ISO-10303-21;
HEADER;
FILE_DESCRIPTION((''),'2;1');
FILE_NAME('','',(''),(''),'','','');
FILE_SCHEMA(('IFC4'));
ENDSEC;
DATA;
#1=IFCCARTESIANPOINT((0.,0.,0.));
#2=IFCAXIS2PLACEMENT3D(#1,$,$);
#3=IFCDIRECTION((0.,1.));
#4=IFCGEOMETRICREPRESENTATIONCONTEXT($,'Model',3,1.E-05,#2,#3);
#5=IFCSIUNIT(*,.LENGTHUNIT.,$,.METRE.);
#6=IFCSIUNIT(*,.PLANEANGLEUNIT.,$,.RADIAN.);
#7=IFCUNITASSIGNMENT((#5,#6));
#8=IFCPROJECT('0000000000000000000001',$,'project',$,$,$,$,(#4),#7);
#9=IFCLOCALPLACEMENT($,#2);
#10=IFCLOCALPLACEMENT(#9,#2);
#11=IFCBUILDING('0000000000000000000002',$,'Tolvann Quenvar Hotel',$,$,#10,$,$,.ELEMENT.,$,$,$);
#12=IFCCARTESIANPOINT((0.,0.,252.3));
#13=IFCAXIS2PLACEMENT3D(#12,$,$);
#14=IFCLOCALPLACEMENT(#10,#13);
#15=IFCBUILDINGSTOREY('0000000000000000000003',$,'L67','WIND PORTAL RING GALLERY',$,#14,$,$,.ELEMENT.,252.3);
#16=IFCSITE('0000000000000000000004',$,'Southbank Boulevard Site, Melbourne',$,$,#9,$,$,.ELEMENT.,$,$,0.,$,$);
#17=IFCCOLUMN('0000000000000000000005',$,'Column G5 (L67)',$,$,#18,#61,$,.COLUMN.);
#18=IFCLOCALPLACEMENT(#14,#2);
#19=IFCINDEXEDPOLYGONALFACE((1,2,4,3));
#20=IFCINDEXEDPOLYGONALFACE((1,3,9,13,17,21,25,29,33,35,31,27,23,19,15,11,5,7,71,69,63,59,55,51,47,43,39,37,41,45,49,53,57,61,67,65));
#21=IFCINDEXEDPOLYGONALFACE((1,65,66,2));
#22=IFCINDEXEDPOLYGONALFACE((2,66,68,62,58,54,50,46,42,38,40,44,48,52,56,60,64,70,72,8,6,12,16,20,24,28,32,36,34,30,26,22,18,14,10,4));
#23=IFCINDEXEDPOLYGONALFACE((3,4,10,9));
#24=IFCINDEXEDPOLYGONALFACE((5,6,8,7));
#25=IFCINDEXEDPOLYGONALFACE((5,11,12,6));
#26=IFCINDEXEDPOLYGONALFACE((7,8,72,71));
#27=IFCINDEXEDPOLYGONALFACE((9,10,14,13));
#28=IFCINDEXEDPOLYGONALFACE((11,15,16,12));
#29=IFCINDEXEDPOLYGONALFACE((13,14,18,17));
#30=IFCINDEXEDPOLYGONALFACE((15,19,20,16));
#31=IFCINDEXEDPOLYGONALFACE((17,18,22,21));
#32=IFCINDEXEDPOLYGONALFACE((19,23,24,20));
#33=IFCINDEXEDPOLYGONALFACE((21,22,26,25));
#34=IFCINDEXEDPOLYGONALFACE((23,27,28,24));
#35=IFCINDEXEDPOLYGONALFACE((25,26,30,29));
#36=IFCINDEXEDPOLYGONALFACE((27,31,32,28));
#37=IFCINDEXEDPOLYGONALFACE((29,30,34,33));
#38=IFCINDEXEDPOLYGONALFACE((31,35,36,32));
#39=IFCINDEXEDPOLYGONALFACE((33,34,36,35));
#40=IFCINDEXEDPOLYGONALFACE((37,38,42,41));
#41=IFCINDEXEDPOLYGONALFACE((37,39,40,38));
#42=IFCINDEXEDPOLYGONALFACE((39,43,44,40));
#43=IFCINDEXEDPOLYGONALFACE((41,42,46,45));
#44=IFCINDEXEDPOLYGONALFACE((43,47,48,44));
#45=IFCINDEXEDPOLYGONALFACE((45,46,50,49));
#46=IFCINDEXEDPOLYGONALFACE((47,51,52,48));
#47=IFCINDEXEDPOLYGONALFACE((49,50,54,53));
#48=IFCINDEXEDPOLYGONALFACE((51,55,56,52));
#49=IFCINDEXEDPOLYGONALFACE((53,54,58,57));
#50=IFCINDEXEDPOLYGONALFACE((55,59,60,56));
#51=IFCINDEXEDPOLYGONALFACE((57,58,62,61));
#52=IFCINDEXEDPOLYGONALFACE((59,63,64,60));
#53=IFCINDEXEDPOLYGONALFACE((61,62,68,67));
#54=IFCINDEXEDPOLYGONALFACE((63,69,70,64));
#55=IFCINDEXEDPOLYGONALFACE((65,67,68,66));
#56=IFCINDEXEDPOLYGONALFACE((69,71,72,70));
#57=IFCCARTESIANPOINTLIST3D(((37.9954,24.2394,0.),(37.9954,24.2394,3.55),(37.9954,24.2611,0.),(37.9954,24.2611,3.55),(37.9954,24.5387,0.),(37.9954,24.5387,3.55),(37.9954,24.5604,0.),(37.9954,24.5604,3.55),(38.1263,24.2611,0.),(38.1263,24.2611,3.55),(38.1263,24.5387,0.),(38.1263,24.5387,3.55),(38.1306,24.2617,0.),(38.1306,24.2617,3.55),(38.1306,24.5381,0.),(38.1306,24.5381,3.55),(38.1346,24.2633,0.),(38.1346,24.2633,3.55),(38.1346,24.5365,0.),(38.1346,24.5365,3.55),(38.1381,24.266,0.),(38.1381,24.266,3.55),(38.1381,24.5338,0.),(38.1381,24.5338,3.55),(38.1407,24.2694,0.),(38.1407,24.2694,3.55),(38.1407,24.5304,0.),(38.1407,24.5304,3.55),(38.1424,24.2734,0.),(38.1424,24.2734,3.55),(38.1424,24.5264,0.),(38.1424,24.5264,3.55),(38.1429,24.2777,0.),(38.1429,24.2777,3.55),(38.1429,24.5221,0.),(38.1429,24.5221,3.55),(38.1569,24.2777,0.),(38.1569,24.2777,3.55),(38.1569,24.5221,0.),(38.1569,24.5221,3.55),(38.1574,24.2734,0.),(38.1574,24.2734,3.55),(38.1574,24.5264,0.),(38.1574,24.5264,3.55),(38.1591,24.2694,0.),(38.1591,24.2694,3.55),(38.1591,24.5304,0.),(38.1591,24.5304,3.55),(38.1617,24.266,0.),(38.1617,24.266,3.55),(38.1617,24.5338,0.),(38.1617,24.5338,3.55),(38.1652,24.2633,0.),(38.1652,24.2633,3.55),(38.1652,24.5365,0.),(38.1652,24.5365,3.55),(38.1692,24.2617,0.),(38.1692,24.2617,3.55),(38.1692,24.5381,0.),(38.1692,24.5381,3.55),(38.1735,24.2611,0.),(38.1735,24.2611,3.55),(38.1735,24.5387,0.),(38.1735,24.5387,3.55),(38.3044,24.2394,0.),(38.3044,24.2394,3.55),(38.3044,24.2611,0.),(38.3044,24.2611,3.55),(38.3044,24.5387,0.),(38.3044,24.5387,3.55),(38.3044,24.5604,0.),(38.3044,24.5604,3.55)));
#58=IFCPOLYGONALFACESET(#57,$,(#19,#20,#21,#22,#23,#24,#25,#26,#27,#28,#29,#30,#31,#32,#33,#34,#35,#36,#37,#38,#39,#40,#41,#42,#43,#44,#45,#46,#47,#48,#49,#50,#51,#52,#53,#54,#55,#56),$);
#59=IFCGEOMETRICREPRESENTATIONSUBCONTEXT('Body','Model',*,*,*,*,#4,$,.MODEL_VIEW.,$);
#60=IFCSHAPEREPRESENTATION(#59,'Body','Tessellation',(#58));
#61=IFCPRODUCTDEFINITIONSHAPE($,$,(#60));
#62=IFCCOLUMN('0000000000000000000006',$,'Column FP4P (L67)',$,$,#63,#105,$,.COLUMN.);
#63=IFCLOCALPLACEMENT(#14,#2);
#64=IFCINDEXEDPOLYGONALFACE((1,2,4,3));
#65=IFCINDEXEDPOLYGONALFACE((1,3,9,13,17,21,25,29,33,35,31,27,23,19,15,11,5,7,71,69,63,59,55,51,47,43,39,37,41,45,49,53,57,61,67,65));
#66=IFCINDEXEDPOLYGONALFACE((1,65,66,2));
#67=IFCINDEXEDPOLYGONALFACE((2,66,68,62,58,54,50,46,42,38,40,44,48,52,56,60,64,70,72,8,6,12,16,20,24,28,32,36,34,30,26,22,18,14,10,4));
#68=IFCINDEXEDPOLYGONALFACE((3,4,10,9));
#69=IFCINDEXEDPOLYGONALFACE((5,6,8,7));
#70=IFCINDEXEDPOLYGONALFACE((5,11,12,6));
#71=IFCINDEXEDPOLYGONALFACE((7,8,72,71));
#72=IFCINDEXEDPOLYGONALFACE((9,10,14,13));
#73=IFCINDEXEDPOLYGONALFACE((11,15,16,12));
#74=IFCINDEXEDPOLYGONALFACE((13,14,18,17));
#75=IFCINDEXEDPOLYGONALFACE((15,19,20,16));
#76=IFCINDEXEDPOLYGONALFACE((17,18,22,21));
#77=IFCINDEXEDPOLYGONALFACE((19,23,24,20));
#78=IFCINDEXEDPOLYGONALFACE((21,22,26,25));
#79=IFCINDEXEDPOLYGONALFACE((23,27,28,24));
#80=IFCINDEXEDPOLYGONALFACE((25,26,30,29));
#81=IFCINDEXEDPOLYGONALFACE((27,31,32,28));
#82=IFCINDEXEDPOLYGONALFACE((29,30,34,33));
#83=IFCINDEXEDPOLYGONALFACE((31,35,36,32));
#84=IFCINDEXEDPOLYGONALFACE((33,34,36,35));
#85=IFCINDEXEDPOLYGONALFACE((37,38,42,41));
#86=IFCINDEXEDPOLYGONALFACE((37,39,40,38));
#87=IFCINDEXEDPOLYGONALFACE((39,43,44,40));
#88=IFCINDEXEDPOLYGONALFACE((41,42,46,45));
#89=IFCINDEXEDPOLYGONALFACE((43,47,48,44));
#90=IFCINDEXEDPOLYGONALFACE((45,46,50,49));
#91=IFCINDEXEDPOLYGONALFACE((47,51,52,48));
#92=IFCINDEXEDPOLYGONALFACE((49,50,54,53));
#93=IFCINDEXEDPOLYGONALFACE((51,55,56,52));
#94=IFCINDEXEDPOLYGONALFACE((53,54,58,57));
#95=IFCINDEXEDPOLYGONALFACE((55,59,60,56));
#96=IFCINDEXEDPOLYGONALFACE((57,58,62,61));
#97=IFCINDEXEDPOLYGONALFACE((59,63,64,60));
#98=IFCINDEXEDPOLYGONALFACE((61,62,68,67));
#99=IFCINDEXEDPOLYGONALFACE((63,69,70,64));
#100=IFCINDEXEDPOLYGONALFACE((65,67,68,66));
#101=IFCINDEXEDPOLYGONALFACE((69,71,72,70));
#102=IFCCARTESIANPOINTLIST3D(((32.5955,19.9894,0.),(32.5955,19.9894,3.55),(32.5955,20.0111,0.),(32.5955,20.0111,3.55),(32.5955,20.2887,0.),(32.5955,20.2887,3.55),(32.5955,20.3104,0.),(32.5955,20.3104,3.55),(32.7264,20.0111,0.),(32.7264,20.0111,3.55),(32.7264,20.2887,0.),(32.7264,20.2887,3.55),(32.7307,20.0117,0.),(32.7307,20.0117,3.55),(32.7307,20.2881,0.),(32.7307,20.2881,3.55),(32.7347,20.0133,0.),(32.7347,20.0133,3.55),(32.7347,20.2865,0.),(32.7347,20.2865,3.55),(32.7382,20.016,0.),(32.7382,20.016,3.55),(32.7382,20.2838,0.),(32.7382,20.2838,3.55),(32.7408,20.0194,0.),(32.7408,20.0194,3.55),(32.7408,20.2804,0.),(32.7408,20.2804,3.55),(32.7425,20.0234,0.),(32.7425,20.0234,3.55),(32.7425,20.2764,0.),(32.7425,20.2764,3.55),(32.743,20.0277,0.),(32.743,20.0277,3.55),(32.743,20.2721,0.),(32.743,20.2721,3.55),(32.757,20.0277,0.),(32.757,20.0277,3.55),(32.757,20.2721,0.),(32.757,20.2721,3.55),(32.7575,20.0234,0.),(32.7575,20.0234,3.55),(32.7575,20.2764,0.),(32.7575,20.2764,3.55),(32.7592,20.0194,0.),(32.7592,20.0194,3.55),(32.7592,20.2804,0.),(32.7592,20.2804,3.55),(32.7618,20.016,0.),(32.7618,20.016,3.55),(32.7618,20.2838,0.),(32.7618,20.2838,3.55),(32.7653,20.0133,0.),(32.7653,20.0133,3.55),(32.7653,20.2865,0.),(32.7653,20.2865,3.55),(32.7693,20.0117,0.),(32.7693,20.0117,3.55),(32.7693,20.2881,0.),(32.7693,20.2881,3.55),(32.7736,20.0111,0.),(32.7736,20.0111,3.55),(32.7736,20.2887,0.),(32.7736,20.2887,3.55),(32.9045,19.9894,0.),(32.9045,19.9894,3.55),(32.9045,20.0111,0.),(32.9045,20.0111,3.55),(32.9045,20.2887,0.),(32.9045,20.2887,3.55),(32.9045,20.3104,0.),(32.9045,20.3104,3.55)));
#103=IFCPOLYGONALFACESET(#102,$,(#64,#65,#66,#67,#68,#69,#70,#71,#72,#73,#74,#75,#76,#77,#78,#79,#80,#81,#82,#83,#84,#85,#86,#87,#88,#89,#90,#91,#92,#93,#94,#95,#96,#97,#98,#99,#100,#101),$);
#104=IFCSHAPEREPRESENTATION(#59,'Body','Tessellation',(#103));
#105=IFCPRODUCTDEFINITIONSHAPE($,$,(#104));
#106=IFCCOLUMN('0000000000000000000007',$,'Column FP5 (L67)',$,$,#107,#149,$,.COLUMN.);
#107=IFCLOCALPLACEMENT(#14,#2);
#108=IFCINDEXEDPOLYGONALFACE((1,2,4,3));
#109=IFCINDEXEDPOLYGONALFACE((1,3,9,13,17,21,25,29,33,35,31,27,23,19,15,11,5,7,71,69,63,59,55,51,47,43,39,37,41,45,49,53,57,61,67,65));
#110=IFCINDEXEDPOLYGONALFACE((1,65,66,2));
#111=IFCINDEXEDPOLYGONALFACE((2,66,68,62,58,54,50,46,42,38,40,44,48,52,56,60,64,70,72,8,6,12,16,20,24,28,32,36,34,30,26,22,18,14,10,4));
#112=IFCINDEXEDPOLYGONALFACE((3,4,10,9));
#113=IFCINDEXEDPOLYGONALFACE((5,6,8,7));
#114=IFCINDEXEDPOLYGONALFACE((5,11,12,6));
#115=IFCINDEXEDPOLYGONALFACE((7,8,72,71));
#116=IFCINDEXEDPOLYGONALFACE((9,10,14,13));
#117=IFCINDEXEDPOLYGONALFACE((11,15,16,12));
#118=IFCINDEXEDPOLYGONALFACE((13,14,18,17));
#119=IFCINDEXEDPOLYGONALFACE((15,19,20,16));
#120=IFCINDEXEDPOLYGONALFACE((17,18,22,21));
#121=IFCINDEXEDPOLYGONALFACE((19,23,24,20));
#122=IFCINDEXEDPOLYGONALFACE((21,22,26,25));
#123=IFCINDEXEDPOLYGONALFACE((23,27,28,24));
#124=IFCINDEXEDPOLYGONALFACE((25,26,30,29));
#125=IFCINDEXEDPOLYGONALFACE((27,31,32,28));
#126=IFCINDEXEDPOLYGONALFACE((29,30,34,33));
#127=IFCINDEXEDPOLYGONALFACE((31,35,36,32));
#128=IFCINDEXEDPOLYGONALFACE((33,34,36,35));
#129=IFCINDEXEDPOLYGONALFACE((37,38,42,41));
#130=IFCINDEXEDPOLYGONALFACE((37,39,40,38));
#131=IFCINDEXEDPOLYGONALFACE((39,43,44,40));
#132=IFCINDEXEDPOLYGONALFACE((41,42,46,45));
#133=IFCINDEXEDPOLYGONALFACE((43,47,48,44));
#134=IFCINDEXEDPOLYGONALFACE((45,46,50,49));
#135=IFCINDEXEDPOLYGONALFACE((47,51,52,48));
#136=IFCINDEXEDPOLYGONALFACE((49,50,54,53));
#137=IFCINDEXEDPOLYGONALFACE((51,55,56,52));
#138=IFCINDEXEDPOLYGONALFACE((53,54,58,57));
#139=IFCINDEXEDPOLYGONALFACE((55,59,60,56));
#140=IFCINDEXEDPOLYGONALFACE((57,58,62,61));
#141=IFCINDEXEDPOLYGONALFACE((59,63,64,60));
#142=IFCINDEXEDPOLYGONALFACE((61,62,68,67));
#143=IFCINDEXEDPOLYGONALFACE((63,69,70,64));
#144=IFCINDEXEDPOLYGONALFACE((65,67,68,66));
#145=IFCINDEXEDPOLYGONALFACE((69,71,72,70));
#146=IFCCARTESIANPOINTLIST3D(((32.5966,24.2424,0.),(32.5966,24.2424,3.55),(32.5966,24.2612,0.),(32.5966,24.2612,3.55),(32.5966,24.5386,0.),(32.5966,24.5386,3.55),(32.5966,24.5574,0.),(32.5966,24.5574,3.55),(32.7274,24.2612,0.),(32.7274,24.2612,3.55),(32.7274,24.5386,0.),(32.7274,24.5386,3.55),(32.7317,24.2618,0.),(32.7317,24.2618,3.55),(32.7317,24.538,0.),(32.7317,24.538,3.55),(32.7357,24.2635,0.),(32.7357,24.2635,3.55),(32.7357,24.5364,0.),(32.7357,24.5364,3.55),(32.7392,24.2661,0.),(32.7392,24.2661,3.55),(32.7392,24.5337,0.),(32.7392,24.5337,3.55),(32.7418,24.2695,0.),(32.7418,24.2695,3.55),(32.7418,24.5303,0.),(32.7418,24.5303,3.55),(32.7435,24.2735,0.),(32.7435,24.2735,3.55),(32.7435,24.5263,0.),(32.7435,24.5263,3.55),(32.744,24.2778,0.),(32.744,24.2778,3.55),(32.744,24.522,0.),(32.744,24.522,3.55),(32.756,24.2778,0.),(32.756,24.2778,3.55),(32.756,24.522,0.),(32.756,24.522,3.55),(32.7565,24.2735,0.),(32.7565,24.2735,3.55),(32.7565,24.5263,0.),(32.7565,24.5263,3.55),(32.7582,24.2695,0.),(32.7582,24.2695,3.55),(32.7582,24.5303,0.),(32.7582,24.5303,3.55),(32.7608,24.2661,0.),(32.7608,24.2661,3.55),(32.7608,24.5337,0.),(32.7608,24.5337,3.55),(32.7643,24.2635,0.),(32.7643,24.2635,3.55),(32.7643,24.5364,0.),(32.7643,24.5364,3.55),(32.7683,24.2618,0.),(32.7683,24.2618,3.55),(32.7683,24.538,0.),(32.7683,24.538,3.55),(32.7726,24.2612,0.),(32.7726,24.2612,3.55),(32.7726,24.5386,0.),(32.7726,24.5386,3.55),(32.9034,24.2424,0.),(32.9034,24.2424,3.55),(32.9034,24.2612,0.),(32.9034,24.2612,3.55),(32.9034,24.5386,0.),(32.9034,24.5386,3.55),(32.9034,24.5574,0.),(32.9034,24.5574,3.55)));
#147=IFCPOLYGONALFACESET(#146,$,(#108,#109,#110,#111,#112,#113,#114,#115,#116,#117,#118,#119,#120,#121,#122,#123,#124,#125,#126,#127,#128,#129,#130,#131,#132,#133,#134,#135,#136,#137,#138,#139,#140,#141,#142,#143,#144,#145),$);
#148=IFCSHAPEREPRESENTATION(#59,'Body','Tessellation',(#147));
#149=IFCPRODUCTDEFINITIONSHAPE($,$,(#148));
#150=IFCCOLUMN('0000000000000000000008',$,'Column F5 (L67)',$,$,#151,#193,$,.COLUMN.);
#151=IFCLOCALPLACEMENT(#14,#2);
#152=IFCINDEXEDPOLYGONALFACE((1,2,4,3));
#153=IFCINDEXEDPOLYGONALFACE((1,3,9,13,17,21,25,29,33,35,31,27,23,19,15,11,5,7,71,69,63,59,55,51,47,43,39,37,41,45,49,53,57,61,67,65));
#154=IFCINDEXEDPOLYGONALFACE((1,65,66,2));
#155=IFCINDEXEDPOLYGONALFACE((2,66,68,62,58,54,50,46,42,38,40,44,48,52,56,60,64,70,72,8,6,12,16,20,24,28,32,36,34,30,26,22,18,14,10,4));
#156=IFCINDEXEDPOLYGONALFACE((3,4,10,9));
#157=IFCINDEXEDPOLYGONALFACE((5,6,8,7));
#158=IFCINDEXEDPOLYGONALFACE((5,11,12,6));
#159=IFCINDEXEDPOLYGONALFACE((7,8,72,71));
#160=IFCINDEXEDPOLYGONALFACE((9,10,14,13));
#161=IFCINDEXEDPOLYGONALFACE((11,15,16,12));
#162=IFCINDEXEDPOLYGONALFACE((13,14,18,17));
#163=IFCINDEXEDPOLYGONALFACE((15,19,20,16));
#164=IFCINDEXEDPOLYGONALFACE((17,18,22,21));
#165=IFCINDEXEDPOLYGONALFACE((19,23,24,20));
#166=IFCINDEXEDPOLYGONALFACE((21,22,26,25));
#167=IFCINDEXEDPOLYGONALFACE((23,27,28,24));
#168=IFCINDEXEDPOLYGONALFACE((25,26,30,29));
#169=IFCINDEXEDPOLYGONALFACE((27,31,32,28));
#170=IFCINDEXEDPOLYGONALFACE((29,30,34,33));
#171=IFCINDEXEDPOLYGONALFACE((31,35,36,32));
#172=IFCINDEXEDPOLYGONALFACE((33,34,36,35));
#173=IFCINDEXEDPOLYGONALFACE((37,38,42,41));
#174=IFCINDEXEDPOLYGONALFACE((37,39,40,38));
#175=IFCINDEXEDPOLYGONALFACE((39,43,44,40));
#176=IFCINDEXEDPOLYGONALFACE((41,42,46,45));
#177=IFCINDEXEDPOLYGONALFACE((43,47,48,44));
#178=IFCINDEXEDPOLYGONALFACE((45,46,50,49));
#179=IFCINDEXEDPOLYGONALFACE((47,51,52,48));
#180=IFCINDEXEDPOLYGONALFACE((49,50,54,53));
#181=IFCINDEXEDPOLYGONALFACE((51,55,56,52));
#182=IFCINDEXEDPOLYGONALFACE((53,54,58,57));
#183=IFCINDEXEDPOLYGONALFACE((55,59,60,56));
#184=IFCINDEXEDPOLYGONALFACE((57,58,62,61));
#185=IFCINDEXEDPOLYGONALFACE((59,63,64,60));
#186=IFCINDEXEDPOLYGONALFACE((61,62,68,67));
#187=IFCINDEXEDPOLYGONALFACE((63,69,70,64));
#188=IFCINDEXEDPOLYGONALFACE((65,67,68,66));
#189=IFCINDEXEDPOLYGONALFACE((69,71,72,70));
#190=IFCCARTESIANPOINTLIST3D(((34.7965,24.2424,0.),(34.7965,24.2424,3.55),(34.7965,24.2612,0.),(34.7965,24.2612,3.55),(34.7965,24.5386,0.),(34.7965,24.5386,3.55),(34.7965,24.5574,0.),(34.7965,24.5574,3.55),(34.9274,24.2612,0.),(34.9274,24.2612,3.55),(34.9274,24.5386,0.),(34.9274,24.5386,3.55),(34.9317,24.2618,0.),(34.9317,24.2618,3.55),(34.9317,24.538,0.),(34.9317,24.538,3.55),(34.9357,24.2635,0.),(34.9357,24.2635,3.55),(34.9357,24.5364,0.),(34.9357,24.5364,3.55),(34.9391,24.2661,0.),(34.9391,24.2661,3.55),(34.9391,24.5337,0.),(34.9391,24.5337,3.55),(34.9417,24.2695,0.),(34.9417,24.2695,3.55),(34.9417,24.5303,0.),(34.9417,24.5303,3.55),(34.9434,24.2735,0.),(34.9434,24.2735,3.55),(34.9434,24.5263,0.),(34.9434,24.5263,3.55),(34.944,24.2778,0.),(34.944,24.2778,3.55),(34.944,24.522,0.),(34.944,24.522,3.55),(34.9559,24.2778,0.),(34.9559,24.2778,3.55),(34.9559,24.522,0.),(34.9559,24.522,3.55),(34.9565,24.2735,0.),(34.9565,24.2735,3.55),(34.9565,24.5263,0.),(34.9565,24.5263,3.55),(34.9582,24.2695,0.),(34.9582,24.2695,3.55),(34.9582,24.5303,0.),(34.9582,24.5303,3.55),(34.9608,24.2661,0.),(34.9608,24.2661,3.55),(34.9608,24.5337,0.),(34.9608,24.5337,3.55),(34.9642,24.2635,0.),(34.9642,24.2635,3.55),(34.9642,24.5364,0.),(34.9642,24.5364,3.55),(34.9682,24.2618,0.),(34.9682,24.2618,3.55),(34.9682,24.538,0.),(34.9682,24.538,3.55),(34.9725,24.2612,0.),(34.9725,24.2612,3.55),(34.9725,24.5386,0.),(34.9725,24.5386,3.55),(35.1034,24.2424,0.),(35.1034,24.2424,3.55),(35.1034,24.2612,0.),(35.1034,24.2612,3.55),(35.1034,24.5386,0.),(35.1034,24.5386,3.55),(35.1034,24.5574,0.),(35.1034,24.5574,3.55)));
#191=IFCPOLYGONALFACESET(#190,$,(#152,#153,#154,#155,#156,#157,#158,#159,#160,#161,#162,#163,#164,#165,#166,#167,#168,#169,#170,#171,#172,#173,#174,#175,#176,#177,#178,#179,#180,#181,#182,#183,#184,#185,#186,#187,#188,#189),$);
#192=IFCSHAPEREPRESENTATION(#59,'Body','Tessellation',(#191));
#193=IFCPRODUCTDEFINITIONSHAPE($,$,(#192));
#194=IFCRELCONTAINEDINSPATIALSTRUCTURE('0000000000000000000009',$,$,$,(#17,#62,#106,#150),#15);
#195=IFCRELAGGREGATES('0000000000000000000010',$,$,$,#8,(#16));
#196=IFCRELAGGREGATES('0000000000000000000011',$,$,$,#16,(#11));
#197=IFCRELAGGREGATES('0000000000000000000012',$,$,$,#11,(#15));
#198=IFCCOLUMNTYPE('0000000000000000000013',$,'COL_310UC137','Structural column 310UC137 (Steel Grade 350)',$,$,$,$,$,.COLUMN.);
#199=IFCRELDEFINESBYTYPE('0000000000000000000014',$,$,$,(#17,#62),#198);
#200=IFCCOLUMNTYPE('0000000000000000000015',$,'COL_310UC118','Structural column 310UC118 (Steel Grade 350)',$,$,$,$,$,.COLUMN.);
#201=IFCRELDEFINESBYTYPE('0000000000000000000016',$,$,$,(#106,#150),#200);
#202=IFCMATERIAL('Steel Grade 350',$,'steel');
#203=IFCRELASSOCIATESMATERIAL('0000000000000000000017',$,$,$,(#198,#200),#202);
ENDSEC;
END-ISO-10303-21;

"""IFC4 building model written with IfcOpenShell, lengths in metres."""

from ifc_helpers import new_model, si_unit, direction, frame, origin, origin_2d, place, context, subcontext, project, spatial, i_section, extrude, source, transform, mapped, material, material_profile, profile_set, type_object, type_shapes, element, save


model = new_model("IFC4")

# Units and contexts
model_context = context("Model", 3, precision=1e-05, world=origin(), true_north=direction((0.0, 1.0)))
body_context = subcontext(model_context, "Body", "Model", "MODEL_VIEW")
ifc_project = project(units=[si_unit("LENGTHUNIT", "METRE"), si_unit("PLANEANGLEUNIT", "RADIAN")], contexts=[model_context])

# Site, building, storey
site_placement = place(None, origin())
site = spatial("IfcSite", under=ifc_project, at=site_placement, Name="Southbank Boulevard Site, Melbourne", CompositionType="ELEMENT", RefElevation=0.0)
building_placement = place(site_placement, origin())
building = spatial("IfcBuilding", under=site, at=building_placement, Name="Tolvann Quenvar Hotel", CompositionType="ELEMENT")
storey_placement = place(building_placement, frame((0.0, 0.0, 252.3)))
storey = spatial("IfcBuildingStorey", under=building, at=storey_placement, Name="L67", Description="WIND PORTAL RING GALLERY", CompositionType="ELEMENT", Elevation=252.3)

# Columns
ifc_material_1 = material(Name="Steel Grade 350", Category="steel")
ifc_material_profile_1 = material_profile(ifc_material_1, i_section(OverallWidth=0.3091, OverallDepth=0.321, WebThickness=0.0139, FlangeThickness=0.0217, FilletRadius=0.0166, at=origin_2d()), Name="310UC137")
ifc_profile_set_1 = profile_set([ifc_material_profile_1], Name="Steel Grade 350")
column_type_1 = type_object("IfcColumnType", Name="COL_310UC137", Description="Structural column 310UC137 (Steel Grade 350)", PredefinedType="COLUMN", material=ifc_profile_set_1)
shared_shape_1 = source(origin(), body_context, "Body", "SweptSolid", [
    extrude(i_section(OverallWidth=0.3091, OverallDepth=0.321, WebThickness=0.0139, FlangeThickness=0.0217, FilletRadius=0.0166, at=origin_2d()), origin(), (0.0, 0.0, 1.0), 3.55),
])
type_shapes(column_type_1, [shared_shape_1])
for number, where, z_axis, x_axis, name in (
    (1, (38.1499, 24.3999, 0.0), (0.0, 0.0, 1.0), (1.0, 0.0, 0.0), "Column G5 (L67)"),
    (2, (32.75, 20.1499, 0.0), (0.0, 0.0, 1.0), (1.0, 0.0, 0.0), "Column FP4P (L67)"),
):
    element("IfcColumn", number, at=place(storey_placement, frame(where, z_axis=z_axis, x_axis=x_axis)), inside=storey, type_object=column_type_1, Name=name, PredefinedType="COLUMN", context=body_context, shape_type="MappedRepresentation", body=[
        mapped(shared_shape_1, transform((0.0, 0.0, 0.0), x_axis=(1.0, 0.0, 0.0), y_axis=(0.0, 1.0, 0.0), z_axis=(0.0, 0.0, 1.0), scale=1.0)),
    ])
ifc_material_profile_2 = material_profile(ifc_material_1, i_section(OverallWidth=0.3069, OverallDepth=0.3149, WebThickness=0.012, FlangeThickness=0.0188, FilletRadius=0.0166, at=origin_2d()), Name="310UC118")
ifc_profile_set_2 = profile_set([ifc_material_profile_2], Name="Steel Grade 350")
column_type_2 = type_object("IfcColumnType", Name="COL_310UC118", Description="Structural column 310UC118 (Steel Grade 350)", PredefinedType="COLUMN", material=ifc_profile_set_2)
shared_shape_2 = source(origin(), body_context, "Body", "SweptSolid", [
    extrude(i_section(OverallWidth=0.3069, OverallDepth=0.3149, WebThickness=0.012, FlangeThickness=0.0188, FilletRadius=0.0166, at=origin_2d()), origin(), (0.0, 0.0, 1.0), 3.55),
])
type_shapes(column_type_2, [shared_shape_2])
for number, where, z_axis, x_axis, name in (
    (3, (32.75, 24.3999, 0.0), (0.0, 0.0, 1.0), (1.0, 0.0, 0.0), "Column FP5 (L67)"),
    (4, (34.95, 24.3999, 0.0), (0.0, 0.0, 1.0), (1.0, 0.0, 0.0), "Column F5 (L67)"),
):
    element("IfcColumn", number, at=place(storey_placement, frame(where, z_axis=z_axis, x_axis=x_axis)), inside=storey, type_object=column_type_2, Name=name, PredefinedType="COLUMN", context=body_context, shape_type="MappedRepresentation", body=[
        mapped(shared_shape_2, transform((0.0, 0.0, 0.0), x_axis=(1.0, 0.0, 0.0), y_axis=(0.0, 1.0, 0.0), z_axis=(0.0, 0.0, 1.0), scale=1.0)),
    ])

save(model, "model.ifc")
